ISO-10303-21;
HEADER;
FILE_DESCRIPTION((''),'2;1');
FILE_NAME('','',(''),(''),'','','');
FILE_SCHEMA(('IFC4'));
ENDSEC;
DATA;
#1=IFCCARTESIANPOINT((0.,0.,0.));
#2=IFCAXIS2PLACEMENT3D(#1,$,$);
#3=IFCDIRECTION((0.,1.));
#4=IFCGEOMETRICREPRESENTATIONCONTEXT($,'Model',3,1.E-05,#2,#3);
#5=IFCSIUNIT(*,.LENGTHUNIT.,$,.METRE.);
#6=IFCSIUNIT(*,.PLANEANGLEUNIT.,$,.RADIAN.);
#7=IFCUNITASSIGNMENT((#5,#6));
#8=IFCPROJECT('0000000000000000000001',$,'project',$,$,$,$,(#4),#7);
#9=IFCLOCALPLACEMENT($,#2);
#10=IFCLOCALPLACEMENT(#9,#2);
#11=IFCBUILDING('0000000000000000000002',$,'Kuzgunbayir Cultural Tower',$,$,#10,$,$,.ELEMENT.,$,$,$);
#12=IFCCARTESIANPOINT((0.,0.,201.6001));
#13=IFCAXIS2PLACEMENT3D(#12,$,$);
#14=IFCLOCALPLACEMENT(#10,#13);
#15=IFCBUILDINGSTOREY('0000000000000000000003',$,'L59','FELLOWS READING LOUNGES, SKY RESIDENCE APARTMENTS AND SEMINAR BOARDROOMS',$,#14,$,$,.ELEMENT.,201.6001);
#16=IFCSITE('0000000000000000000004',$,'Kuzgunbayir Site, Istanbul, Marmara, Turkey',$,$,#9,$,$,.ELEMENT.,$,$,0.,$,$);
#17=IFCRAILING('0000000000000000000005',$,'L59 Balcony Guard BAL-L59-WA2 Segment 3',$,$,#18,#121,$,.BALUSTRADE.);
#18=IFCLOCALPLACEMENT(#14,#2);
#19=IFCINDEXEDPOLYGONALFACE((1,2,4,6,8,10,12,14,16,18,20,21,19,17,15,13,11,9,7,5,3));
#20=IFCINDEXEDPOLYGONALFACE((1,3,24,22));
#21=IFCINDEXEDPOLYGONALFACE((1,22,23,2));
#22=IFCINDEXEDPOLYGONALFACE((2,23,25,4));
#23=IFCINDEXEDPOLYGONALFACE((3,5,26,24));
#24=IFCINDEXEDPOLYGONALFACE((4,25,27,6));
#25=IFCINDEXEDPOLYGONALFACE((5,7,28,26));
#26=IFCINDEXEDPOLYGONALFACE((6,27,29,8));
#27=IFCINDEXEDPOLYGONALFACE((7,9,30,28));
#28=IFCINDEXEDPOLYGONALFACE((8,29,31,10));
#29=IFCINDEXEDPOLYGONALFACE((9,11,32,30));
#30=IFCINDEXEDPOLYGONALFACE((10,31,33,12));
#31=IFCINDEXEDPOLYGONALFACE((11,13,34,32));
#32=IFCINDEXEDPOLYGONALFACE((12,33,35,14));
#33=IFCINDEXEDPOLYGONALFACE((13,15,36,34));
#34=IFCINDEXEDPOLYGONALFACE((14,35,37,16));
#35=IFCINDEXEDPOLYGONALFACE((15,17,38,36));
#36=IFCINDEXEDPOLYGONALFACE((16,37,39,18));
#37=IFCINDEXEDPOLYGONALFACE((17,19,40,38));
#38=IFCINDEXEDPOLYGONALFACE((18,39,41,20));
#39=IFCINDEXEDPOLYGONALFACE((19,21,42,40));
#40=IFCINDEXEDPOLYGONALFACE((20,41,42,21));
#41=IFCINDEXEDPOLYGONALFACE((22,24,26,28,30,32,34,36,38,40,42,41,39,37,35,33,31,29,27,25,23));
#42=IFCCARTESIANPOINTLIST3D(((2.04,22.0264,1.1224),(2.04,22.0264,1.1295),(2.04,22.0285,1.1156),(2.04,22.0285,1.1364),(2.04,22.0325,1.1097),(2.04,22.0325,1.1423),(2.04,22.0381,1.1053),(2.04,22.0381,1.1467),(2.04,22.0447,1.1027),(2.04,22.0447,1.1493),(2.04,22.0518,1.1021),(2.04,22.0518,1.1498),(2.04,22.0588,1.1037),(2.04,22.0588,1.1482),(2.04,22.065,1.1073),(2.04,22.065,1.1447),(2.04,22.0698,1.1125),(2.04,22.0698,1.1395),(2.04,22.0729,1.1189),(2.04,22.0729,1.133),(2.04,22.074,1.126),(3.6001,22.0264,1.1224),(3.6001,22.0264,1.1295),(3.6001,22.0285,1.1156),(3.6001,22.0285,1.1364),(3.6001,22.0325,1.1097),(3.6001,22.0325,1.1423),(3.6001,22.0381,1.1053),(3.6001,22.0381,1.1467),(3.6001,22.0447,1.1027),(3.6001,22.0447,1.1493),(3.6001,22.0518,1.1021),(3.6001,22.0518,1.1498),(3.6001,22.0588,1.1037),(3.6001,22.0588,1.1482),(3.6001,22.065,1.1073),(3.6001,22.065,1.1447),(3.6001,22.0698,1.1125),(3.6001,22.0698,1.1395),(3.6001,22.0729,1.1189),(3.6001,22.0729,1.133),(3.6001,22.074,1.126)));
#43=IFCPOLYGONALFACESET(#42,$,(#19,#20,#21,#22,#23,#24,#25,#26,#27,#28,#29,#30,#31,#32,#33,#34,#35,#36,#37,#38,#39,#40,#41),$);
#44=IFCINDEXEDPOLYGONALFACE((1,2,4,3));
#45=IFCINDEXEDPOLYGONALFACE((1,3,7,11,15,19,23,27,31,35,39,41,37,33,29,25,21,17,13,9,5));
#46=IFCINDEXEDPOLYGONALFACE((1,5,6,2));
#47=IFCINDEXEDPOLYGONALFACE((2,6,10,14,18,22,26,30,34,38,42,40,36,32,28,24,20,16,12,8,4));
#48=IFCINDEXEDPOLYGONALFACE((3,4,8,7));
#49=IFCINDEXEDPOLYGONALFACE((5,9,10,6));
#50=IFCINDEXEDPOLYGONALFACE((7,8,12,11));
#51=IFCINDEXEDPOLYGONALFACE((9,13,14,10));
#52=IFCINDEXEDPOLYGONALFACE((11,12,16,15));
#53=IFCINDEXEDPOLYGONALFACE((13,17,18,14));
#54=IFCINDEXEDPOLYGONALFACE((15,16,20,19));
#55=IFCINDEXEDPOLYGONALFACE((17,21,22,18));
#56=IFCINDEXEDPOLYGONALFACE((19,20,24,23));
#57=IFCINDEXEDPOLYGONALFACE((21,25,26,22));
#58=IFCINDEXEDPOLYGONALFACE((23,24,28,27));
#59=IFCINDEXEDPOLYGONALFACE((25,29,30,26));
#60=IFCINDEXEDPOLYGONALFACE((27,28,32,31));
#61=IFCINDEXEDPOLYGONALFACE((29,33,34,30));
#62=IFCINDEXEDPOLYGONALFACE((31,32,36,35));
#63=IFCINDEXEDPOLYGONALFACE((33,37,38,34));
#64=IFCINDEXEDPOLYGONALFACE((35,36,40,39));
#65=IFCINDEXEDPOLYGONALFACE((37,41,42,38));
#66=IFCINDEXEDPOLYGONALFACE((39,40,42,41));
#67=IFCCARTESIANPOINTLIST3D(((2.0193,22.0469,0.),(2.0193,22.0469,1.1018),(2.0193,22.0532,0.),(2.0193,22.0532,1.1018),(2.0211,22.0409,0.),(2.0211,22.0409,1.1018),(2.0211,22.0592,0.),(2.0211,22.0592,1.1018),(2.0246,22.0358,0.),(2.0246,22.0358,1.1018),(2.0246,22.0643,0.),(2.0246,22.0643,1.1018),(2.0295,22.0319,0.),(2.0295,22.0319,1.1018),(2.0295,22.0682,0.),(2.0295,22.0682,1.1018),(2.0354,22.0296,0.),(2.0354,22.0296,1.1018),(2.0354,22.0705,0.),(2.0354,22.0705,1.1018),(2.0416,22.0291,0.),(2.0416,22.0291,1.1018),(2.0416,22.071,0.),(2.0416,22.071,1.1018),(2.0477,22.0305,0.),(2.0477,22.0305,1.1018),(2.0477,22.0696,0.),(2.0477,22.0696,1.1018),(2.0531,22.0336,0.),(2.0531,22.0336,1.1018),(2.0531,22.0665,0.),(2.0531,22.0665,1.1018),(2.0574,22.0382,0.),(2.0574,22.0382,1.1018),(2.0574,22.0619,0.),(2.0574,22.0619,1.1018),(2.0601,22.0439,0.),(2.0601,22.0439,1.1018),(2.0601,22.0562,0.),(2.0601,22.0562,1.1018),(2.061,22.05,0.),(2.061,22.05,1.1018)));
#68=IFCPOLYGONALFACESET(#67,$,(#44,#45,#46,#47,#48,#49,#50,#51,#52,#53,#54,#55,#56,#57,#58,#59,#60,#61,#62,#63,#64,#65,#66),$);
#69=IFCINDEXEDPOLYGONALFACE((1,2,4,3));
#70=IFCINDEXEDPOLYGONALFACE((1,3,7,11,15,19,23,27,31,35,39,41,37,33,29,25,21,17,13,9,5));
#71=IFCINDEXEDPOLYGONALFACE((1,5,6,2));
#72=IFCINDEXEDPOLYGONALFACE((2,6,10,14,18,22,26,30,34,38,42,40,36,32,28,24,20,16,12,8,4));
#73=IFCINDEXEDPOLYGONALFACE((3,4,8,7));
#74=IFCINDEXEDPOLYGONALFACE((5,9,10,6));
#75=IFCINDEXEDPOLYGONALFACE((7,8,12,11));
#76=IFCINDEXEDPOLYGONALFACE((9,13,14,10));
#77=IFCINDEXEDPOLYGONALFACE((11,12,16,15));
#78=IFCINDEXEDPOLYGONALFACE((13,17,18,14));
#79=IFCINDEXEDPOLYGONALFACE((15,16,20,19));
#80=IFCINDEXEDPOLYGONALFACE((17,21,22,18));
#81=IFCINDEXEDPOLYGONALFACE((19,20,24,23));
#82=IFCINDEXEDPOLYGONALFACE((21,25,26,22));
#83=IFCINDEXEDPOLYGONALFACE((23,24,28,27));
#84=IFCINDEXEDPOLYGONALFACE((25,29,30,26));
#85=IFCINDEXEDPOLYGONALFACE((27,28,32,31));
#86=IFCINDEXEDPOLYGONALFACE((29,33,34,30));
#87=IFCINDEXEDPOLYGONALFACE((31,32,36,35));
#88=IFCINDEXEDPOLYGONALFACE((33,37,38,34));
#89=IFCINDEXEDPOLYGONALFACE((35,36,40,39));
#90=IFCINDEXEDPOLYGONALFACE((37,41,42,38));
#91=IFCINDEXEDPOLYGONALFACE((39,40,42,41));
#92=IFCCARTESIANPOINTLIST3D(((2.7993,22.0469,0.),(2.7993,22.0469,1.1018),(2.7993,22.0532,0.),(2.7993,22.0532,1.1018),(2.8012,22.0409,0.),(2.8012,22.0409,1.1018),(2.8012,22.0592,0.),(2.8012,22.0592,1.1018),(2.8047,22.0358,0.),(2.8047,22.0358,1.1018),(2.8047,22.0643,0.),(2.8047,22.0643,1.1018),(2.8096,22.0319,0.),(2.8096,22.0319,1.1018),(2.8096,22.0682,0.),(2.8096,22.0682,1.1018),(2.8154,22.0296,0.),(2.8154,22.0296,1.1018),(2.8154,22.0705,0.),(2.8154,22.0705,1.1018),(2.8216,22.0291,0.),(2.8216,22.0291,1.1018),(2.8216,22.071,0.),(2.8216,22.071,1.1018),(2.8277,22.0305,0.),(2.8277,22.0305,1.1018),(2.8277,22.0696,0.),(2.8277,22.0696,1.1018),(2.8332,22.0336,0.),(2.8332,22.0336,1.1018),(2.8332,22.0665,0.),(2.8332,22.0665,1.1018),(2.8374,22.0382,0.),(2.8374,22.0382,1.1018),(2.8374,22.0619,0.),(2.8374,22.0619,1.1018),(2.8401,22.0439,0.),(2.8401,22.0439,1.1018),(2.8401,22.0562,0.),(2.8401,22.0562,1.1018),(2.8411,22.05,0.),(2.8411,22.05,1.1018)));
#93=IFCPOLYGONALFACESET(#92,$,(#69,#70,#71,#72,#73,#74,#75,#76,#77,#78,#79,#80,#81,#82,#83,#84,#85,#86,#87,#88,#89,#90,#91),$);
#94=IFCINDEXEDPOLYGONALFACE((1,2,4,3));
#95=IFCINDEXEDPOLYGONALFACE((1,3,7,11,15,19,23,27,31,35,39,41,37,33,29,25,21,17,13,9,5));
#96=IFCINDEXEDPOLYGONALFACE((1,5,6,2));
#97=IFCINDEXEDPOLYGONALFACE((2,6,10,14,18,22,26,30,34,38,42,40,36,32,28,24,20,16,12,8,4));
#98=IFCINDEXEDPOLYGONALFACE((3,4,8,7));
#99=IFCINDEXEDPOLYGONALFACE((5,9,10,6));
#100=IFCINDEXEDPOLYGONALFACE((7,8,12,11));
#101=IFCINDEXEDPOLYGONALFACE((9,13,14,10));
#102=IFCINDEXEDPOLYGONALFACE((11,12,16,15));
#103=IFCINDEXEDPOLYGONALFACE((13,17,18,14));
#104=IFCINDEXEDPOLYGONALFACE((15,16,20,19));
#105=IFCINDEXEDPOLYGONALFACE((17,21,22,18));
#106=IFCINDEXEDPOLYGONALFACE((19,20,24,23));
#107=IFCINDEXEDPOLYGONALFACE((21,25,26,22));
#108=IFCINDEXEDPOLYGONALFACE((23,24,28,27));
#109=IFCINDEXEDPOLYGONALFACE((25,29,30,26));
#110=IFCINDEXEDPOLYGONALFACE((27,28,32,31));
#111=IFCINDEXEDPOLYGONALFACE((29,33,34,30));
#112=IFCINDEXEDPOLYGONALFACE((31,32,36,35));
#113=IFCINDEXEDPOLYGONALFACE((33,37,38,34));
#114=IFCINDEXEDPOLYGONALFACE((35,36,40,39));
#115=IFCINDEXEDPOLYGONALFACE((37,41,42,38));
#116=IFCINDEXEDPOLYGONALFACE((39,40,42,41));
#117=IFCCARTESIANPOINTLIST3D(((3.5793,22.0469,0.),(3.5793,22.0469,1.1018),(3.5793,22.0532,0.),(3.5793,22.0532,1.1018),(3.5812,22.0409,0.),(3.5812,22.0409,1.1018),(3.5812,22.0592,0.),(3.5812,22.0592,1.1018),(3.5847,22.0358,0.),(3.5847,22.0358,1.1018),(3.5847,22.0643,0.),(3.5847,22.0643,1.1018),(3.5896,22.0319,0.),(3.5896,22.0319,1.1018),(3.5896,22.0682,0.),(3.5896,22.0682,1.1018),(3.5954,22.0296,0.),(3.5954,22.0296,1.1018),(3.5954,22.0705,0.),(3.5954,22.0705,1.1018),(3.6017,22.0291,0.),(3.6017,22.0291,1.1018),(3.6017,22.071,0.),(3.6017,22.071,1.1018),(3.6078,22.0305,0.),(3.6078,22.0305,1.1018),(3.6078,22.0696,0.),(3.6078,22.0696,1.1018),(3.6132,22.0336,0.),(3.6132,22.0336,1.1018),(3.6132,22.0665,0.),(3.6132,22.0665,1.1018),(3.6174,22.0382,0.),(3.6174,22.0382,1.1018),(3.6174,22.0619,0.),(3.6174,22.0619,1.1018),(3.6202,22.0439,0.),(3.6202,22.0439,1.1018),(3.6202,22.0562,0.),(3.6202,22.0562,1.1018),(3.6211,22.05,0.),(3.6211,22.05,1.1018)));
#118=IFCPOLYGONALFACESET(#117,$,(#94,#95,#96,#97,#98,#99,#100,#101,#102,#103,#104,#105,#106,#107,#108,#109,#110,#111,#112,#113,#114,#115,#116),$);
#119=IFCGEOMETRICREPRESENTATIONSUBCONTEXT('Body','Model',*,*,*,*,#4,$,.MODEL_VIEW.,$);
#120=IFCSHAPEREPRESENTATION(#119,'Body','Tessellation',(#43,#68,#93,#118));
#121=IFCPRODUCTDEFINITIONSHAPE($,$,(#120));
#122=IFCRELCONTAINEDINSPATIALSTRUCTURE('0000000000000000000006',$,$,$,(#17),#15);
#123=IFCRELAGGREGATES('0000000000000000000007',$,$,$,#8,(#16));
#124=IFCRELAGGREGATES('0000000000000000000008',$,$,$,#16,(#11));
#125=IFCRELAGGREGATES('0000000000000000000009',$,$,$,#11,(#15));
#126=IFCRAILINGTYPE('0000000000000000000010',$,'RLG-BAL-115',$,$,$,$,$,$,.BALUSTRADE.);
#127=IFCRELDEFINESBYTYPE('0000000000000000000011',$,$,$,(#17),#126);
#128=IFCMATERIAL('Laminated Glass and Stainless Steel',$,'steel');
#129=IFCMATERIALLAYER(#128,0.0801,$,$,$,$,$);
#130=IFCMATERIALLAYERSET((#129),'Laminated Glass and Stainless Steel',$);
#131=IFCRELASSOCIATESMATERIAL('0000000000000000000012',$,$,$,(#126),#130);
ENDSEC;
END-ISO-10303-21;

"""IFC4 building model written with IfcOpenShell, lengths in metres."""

from ifc_helpers import new_model, si_unit, direction, frame, origin, origin_2d, place, context, subcontext, project, spatial, circle, extrude, material, layer, layer_set, type_object, element, save


model = new_model("IFC4")

# Units and contexts
model_context = context("Model", 3, precision=1e-05, world=origin(), true_north=direction((0.0, 1.0)))
body_context = subcontext(model_context, "Body", "Model", "MODEL_VIEW")
ifc_project = project(units=[si_unit("LENGTHUNIT", "METRE"), si_unit("PLANEANGLEUNIT", "RADIAN")], contexts=[model_context])

# Site, building, storey
site_placement = place(None, origin())
site = spatial("IfcSite", under=ifc_project, at=site_placement, Name="Kuzgunbayir Site, Istanbul, Marmara, Turkey", CompositionType="ELEMENT", RefElevation=0.0)
building_placement = place(site_placement, origin())
building = spatial("IfcBuilding", under=site, at=building_placement, Name="Kuzgunbayir Cultural Tower", CompositionType="ELEMENT")
storey_placement = place(building_placement, frame((0.0, 0.0, 201.6001)))
storey = spatial("IfcBuildingStorey", under=building, at=storey_placement, Name="L59", Description="FELLOWS READING LOUNGES, SKY RESIDENCE APARTMENTS AND SEMINAR BOARDROOMS", CompositionType="ELEMENT", Elevation=201.6001)

# Railing
ifc_material_1 = material(Name="Laminated Glass and Stainless Steel", Category="steel")
ifc_layer_1 = layer(ifc_material_1, 0.0801)
ifc_layer_set_1 = layer_set([ifc_layer_1], Name="Laminated Glass and Stainless Steel")
railing_type = type_object("IfcRailingType", Name="RLG-BAL-115", PredefinedType="BALUSTRADE", material=ifc_layer_set_1)
railing_1_placement = place(storey_placement, frame((2.04, 22.05, 0.0)))
element("IfcRailing", 1, at=railing_1_placement, inside=storey, type_object=railing_type, Name="L59 Balcony Guard BAL-L59-WA2 Segment 3", PredefinedType="BALUSTRADE", context=body_context, shape_type="SweptSolid", body=[
    extrude(circle(Radius=0.0239, at=origin_2d()), frame((0.0, 0.0, 1.126), z_axis=(1.0, 0.0, 0.0), x_axis=(0.0, 1.0, 0.0)), (0.0, 0.0, 1.0), 1.5601),
    extrude(circle(Radius=0.021, at=origin_2d()), origin(), (0.0, 0.0, 1.0), 1.1018),
    extrude(circle(Radius=0.021, at=origin_2d()), frame((0.78, 0.0, 0.0)), (0.0, 0.0, 1.0), 1.1018),
    extrude(circle(Radius=0.021, at=origin_2d()), frame((1.5601, 0.0, 0.0)), (0.0, 0.0, 1.0), 1.1018),
])

save(model, "model.ifc")
